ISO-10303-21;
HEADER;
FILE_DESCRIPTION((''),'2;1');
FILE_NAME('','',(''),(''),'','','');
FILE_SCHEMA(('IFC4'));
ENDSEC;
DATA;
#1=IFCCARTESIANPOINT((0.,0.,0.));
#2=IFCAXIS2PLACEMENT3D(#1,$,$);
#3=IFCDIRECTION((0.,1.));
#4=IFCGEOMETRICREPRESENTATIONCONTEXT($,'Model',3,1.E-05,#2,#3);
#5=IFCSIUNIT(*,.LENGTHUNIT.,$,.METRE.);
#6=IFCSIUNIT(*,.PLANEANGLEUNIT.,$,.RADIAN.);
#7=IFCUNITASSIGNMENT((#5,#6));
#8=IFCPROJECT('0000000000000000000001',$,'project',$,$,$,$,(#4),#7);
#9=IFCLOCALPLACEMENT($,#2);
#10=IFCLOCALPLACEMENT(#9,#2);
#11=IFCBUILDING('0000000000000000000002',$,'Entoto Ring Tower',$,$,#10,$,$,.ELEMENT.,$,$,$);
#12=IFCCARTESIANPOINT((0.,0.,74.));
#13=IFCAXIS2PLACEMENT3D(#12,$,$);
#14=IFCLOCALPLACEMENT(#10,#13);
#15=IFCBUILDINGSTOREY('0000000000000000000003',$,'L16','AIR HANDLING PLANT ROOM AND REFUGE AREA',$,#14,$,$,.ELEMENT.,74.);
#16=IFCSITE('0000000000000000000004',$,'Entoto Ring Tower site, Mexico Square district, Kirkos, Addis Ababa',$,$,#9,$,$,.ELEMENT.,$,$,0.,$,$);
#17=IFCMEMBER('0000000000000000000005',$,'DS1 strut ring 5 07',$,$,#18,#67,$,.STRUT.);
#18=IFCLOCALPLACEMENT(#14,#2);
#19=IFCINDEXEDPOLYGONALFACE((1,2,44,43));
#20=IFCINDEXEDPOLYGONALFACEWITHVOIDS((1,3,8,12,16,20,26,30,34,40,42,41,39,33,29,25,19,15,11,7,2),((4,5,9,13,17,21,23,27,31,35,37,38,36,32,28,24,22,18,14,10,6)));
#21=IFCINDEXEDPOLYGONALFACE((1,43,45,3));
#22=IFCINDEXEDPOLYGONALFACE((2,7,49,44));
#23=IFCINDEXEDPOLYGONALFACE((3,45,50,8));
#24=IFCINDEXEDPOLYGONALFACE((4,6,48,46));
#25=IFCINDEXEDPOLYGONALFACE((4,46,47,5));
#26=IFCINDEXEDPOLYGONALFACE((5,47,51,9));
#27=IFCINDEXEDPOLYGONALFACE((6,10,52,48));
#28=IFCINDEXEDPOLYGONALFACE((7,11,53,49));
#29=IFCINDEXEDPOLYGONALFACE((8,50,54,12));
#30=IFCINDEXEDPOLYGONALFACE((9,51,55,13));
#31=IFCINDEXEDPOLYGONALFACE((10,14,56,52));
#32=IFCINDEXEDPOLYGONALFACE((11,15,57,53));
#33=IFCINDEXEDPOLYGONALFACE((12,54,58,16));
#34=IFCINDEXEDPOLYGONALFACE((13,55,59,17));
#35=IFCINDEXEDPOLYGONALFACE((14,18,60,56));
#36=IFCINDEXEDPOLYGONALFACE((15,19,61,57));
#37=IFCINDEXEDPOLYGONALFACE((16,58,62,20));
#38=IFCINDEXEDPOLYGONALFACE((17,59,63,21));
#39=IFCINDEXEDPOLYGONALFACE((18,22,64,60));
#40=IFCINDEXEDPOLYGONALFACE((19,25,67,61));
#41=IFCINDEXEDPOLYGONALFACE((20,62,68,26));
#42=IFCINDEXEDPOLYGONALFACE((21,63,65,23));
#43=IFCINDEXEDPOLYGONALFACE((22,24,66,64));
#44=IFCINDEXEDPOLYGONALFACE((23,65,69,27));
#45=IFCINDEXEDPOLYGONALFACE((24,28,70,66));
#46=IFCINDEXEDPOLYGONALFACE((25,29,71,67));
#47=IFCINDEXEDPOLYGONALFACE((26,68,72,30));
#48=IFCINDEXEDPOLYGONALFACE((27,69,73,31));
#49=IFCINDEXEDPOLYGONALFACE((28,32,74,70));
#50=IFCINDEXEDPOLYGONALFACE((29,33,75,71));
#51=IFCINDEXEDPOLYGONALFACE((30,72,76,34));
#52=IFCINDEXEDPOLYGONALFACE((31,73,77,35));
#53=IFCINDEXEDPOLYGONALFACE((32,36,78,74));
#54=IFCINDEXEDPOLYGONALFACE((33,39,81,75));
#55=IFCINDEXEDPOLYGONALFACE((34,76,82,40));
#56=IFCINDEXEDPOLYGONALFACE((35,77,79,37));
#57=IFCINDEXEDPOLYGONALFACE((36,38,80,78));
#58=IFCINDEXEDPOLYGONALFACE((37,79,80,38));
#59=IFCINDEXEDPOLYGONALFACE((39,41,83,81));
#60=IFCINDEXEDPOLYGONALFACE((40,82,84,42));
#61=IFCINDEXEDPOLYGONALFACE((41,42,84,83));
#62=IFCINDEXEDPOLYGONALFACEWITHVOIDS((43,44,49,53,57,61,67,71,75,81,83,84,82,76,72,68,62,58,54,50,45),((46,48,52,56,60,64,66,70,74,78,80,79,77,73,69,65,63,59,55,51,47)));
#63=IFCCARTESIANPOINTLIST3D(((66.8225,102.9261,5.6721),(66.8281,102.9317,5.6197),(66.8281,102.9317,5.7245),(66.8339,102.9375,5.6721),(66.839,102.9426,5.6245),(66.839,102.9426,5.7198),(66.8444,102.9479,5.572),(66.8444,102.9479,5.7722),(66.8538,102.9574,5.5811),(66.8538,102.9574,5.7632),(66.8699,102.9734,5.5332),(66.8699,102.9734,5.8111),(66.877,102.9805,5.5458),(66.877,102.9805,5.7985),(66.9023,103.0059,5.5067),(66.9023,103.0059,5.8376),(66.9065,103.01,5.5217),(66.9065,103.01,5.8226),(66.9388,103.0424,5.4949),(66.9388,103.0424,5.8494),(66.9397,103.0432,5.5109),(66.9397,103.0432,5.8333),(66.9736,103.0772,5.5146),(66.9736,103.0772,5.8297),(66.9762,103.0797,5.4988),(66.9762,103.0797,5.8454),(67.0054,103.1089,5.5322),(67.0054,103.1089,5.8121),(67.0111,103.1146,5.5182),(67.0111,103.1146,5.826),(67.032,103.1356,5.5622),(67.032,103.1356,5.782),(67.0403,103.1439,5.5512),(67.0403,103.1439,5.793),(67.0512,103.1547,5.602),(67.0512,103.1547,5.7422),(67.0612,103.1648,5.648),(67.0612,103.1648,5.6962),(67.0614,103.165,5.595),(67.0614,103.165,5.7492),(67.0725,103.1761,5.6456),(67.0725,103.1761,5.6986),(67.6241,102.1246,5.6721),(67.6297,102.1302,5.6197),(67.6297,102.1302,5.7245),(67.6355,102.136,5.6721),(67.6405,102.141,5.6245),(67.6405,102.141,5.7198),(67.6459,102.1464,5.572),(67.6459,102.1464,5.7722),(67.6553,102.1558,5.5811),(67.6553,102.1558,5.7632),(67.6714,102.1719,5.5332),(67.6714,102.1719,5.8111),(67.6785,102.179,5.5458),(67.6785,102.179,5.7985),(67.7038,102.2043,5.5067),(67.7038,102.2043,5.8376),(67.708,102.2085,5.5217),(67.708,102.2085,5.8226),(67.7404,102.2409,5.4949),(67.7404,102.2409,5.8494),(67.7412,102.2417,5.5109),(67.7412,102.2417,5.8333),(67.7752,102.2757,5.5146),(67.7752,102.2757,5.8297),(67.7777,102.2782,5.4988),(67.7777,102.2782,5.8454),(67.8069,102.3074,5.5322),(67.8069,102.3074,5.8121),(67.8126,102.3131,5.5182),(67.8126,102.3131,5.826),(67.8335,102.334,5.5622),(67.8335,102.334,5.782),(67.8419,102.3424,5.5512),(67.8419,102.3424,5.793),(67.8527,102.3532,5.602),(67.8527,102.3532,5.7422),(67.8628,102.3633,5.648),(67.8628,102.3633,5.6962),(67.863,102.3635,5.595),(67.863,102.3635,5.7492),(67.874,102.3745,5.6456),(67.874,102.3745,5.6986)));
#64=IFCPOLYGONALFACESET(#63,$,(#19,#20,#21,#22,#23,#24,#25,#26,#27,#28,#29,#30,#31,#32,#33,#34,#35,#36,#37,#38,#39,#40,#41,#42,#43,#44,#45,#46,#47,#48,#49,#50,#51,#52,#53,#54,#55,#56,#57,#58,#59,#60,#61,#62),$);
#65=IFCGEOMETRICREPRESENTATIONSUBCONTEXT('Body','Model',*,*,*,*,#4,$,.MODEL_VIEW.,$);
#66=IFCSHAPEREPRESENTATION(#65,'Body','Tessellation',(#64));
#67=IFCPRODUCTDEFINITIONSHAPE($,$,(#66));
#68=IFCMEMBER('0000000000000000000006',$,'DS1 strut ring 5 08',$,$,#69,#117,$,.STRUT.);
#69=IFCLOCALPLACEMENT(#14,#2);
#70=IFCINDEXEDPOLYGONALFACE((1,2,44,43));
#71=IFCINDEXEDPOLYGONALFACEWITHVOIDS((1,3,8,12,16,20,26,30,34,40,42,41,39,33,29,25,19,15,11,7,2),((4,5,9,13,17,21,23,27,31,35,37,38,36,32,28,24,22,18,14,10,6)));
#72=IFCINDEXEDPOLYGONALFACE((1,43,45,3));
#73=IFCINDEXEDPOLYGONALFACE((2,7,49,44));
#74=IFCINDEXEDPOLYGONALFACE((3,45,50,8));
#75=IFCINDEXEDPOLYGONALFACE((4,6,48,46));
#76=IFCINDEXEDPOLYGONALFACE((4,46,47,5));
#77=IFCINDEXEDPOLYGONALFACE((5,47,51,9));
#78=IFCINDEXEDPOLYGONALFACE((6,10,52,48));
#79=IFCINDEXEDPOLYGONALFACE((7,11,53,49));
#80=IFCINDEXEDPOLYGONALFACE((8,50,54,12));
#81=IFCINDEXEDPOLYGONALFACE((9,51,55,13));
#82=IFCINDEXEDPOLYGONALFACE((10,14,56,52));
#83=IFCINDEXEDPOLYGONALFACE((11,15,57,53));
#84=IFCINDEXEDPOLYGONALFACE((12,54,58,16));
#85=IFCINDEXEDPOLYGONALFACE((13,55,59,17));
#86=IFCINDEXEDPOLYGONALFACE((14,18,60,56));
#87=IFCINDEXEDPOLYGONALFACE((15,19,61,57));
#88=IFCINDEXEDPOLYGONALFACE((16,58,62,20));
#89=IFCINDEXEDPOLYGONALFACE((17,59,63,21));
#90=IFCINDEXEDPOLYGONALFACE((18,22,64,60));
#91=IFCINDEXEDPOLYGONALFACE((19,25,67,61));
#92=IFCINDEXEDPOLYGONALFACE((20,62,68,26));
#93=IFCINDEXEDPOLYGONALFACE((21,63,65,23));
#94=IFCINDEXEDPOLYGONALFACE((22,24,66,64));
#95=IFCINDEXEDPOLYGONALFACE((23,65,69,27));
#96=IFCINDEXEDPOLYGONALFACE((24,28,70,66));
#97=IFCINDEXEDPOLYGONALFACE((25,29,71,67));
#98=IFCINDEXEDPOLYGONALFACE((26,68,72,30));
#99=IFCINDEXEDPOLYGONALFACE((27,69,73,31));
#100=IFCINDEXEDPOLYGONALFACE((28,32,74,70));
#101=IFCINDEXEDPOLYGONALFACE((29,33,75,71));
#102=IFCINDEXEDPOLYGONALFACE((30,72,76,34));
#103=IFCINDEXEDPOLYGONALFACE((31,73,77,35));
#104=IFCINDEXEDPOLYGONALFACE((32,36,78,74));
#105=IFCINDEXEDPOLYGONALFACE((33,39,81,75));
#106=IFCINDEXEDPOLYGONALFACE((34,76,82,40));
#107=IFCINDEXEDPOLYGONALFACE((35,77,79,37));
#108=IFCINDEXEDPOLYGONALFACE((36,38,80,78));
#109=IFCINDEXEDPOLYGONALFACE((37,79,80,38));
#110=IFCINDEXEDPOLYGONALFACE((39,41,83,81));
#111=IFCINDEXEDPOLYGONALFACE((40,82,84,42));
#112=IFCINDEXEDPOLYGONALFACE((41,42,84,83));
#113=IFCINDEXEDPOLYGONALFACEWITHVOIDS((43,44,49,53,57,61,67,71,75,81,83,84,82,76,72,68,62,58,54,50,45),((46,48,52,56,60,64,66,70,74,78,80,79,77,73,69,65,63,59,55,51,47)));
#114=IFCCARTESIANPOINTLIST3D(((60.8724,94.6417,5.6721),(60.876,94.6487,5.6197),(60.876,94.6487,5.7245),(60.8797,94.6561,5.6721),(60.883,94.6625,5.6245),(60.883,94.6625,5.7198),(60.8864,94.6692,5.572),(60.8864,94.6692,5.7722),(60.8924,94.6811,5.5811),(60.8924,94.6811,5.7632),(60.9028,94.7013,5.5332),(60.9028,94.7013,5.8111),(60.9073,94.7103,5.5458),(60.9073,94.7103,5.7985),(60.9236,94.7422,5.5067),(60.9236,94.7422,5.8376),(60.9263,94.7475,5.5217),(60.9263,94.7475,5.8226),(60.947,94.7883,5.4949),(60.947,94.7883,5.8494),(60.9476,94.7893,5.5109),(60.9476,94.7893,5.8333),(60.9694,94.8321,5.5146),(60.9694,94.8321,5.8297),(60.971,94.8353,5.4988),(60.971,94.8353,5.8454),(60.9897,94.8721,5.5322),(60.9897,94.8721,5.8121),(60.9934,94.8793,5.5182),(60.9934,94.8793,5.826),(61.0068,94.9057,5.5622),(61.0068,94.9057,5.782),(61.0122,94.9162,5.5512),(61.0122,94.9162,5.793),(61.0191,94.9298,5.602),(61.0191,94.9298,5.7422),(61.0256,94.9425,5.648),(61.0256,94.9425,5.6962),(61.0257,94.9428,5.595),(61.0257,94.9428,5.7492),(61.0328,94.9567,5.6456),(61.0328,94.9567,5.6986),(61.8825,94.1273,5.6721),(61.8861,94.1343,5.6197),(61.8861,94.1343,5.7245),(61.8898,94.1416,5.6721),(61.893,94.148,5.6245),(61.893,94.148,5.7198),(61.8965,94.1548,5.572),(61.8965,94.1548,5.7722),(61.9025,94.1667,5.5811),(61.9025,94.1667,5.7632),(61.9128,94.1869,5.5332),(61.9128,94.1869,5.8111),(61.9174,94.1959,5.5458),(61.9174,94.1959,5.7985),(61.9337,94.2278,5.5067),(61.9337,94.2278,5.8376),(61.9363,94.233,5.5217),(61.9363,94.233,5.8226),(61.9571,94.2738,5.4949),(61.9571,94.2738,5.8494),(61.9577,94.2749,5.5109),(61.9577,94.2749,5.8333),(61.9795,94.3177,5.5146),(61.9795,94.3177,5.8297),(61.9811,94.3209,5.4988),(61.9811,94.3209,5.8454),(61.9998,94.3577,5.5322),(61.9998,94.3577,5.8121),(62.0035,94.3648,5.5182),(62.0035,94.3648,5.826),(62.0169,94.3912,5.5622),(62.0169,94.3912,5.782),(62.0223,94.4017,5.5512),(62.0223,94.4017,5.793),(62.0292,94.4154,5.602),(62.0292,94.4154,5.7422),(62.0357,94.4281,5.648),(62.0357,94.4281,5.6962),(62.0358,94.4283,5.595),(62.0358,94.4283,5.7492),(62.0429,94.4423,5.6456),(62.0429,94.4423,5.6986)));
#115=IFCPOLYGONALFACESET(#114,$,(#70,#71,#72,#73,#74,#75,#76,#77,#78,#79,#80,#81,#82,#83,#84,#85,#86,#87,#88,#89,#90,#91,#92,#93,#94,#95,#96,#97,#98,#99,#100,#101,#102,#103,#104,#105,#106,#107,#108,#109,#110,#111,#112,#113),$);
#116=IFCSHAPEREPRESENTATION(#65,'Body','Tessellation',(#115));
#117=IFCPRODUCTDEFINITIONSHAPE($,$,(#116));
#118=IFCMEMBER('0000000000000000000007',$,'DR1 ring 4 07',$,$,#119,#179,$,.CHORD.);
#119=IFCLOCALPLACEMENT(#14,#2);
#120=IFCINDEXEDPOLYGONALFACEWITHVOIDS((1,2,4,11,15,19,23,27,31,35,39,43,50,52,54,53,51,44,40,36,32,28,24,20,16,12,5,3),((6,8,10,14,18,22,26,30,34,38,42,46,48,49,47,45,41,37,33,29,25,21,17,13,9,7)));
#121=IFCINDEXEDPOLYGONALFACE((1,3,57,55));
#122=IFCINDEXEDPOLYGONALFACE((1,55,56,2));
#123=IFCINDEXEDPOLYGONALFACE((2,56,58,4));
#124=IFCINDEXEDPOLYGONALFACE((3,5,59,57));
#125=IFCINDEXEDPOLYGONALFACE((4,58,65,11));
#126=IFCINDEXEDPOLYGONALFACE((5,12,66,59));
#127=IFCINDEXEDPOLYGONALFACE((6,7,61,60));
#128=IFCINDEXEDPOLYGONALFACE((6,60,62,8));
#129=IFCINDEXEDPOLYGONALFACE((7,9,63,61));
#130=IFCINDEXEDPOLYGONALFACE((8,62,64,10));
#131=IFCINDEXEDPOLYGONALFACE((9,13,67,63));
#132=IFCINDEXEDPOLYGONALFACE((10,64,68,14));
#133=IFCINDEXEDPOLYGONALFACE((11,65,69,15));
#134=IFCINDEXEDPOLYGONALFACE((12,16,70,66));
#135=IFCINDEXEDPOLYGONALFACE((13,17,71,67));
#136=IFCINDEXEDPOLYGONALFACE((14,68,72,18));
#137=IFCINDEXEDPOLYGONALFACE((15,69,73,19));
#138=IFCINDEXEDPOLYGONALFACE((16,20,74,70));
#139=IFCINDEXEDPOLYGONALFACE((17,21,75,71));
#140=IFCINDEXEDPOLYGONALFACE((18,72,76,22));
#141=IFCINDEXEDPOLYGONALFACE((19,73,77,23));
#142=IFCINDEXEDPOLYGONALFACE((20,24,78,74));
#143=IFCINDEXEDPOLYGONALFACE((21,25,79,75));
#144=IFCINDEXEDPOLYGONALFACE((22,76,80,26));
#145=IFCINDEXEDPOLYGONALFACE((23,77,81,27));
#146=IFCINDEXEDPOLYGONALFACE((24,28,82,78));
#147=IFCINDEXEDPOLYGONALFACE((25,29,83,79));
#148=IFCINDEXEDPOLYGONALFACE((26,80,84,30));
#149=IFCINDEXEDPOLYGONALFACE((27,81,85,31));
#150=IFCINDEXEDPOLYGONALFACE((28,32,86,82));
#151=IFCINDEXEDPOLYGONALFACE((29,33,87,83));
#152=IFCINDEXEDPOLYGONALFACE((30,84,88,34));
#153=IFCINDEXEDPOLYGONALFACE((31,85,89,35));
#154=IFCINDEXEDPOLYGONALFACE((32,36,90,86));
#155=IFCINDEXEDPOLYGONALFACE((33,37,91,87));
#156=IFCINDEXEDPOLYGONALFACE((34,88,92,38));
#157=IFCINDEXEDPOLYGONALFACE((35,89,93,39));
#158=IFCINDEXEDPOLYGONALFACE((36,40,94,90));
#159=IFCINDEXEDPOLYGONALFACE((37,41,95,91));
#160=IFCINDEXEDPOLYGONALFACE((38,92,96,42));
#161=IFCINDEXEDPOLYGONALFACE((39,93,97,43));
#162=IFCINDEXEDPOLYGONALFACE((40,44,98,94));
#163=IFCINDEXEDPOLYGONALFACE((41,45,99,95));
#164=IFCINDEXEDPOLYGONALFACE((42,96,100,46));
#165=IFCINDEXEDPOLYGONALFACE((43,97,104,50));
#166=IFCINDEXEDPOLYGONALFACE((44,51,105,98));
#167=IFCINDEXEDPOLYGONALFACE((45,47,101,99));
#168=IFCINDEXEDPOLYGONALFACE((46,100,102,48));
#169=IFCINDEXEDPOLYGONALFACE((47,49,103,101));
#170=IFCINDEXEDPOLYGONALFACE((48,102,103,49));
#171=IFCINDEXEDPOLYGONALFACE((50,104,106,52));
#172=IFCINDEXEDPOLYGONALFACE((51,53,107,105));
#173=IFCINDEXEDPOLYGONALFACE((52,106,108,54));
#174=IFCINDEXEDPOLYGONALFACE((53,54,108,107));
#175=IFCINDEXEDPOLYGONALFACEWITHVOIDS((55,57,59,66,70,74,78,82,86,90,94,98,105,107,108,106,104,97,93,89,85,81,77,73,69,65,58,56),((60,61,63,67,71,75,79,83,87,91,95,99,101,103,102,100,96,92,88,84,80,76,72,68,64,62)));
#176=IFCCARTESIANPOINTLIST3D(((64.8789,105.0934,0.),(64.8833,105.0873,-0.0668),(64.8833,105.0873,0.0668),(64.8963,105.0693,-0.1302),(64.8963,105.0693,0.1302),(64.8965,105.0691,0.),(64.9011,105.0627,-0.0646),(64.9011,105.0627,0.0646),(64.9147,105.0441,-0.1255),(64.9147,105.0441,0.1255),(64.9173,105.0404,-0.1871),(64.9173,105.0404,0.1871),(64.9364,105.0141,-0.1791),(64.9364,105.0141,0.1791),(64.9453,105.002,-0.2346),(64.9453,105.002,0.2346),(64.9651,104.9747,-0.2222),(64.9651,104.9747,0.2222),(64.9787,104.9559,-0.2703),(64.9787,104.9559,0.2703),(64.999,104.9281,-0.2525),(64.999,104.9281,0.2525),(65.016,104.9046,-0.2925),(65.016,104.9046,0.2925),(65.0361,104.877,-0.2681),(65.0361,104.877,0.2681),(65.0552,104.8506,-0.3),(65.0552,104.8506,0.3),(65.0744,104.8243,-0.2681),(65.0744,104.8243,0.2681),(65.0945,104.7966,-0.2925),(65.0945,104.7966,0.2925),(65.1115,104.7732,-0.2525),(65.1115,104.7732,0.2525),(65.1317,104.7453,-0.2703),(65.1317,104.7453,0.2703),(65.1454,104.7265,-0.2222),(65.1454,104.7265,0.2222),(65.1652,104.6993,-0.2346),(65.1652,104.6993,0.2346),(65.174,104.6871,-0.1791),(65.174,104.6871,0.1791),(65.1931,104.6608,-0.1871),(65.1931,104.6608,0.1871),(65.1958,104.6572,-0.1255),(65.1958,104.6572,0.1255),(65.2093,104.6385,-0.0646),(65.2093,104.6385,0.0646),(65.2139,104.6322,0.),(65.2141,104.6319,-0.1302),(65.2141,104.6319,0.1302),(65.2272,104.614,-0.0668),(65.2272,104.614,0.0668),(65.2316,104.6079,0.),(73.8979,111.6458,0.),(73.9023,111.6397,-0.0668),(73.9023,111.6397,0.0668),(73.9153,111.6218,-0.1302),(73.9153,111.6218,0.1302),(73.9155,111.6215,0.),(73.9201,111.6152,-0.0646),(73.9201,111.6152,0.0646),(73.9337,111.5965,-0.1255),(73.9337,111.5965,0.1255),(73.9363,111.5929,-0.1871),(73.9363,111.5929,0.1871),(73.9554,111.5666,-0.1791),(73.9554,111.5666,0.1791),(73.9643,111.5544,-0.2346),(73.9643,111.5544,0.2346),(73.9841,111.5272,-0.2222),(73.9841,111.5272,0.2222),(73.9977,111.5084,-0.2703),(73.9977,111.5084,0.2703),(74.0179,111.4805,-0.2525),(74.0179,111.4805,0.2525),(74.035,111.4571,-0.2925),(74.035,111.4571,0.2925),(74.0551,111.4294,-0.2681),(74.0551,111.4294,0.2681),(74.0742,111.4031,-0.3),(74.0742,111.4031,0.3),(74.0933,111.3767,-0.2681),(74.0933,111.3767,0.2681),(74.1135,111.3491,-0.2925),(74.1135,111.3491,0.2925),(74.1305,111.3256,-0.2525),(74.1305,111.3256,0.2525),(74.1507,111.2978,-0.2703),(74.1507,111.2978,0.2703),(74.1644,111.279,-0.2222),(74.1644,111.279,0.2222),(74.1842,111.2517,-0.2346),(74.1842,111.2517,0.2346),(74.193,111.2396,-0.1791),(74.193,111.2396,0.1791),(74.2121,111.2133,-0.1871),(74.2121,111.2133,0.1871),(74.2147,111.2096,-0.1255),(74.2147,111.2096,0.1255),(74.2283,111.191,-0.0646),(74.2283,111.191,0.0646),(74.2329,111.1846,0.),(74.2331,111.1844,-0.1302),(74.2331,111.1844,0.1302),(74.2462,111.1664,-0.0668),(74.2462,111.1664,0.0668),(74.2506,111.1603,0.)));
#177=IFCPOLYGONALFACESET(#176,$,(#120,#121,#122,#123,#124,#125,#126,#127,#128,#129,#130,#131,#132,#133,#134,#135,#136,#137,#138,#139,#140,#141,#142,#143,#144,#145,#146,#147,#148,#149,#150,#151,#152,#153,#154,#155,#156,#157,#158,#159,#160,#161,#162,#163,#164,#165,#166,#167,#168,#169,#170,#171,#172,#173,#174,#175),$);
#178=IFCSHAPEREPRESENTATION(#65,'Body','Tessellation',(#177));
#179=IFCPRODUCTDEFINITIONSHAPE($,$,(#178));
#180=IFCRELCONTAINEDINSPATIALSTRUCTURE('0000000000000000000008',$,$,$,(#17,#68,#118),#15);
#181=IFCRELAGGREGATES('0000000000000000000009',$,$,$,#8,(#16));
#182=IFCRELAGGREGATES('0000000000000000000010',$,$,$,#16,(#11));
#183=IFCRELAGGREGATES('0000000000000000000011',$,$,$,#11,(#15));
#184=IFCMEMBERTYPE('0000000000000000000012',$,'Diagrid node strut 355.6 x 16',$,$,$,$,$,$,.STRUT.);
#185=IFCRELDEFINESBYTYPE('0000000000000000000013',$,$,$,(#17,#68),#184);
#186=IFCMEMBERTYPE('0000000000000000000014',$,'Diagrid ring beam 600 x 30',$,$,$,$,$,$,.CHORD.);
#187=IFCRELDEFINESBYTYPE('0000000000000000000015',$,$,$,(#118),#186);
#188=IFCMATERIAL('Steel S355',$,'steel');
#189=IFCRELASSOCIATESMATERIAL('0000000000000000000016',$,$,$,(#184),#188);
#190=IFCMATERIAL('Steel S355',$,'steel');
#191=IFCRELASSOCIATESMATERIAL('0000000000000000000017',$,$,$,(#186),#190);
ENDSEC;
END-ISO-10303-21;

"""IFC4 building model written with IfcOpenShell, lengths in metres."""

from ifc_helpers import new_model, si_unit, direction, frame, origin, origin_2d, place, context, subcontext, project, spatial, circle, hollow_circle, extrude, material, material_profile, profile_set, type_object, element, save


model = new_model("IFC4")

# Units and contexts
model_context = context("Model", 3, precision=1e-05, world=origin(), true_north=direction((0.0, 1.0)))
body_context = subcontext(model_context, "Body", "Model", "MODEL_VIEW")
ifc_project = project(units=[si_unit("LENGTHUNIT", "METRE"), si_unit("PLANEANGLEUNIT", "RADIAN")], contexts=[model_context])

# Site, building, storey
site_placement = place(None, origin())
site = spatial("IfcSite", under=ifc_project, at=site_placement, Name="Entoto Ring Tower site, Mexico Square district, Kirkos, Addis Ababa", CompositionType="ELEMENT", RefElevation=0.0)
building_placement = place(site_placement, origin())
building = spatial("IfcBuilding", under=site, at=building_placement, Name="Entoto Ring Tower", CompositionType="ELEMENT")
storey_placement = place(building_placement, frame((0.0, 0.0, 74.0)))
storey = spatial("IfcBuildingStorey", under=building, at=storey_placement, Name="L16", Description="AIR HANDLING PLANT ROOM AND REFUGE AREA", CompositionType="ELEMENT", Elevation=74.0)

# Members
ifc_material_1 = material(Name="Steel S355", Category="steel")
ifc_material_profile_1 = material_profile(ifc_material_1, hollow_circle(Radius=0.1777, WallThickness=0.0161, at=origin_2d()), Name="CHS 355.6 x 16")
ifc_material_2 = material(Name="Concrete C60/75", Category="concrete")
ifc_material_profile_2 = material_profile(ifc_material_2, circle(Radius=0.1619, at=origin_2d()), Name="Concrete C60/75 infill")
ifc_profile_set_1 = profile_set([ifc_material_profile_1, ifc_material_profile_2], Name="Steel S355")
member_type_1 = type_object("IfcMemberType", Name="Diagrid node strut 355.6 x 16", PredefinedType="STRUT", material=ifc_profile_set_1)
for number, where, z_axis, x_axis, name in (
    (1, (67.7498, 102.2502, 5.6721), (-0.707107, 0.707107, 0.0), (-0.707107, -0.707107, 0.0), "DS1 strut ring 5 07"),
    (2, (61.9631, 94.2856, 5.6721), (-0.891086, 0.453835, 0.0), (-0.453835, -0.891086, 0.0), "DS1 strut ring 5 08"),
):
    element("IfcMember", number, at=place(storey_placement, frame(where, z_axis=z_axis, x_axis=x_axis)), inside=storey, type_object=member_type_1, Name=name, PredefinedType="STRUT", context=body_context, shape_type="SweptSolid", body=[
        extrude(hollow_circle(Radius=0.1777, WallThickness=0.0161, at=origin_2d()), origin(), (0.0, 0.0, 1.0), 1.1335),
    ])
ifc_material_3 = material(Name="Steel S355", Category="steel")
ifc_material_profile_3 = material_profile(ifc_material_3, hollow_circle(Radius=0.3, WallThickness=0.03, at=origin_2d()), Name="CHS 600 x 30")
ifc_material_4 = material(Name="Concrete C60/75", Category="concrete")
ifc_material_profile_4 = material_profile(ifc_material_4, circle(Radius=0.27, at=origin_2d()), Name="Concrete C60/75 infill")
ifc_profile_set_2 = profile_set([ifc_material_profile_3, ifc_material_profile_4], Name="Steel S355")
member_type_2 = type_object("IfcMemberType", Name="Diagrid ring beam 600 x 30", PredefinedType="CHORD", material=ifc_profile_set_2)
for number, where, z_axis, x_axis, name in (
    (3, (74.0742, 111.4031, 0.0), (-0.809027, -0.587772, 0.0), (0.587772, -0.809027, 0.0), "DR1 ring 4 07"),
):
    element("IfcMember", number, at=place(storey_placement, frame(where, z_axis=z_axis, x_axis=x_axis)), inside=storey, type_object=member_type_2, Name=name, PredefinedType="CHORD", context=body_context, shape_type="SweptSolid", body=[
        extrude(hollow_circle(Radius=0.3, WallThickness=0.03, at=origin_2d()), origin(), (0.0, 0.0, 1.0), 11.1479),
    ])

save(model, "model.ifc")
